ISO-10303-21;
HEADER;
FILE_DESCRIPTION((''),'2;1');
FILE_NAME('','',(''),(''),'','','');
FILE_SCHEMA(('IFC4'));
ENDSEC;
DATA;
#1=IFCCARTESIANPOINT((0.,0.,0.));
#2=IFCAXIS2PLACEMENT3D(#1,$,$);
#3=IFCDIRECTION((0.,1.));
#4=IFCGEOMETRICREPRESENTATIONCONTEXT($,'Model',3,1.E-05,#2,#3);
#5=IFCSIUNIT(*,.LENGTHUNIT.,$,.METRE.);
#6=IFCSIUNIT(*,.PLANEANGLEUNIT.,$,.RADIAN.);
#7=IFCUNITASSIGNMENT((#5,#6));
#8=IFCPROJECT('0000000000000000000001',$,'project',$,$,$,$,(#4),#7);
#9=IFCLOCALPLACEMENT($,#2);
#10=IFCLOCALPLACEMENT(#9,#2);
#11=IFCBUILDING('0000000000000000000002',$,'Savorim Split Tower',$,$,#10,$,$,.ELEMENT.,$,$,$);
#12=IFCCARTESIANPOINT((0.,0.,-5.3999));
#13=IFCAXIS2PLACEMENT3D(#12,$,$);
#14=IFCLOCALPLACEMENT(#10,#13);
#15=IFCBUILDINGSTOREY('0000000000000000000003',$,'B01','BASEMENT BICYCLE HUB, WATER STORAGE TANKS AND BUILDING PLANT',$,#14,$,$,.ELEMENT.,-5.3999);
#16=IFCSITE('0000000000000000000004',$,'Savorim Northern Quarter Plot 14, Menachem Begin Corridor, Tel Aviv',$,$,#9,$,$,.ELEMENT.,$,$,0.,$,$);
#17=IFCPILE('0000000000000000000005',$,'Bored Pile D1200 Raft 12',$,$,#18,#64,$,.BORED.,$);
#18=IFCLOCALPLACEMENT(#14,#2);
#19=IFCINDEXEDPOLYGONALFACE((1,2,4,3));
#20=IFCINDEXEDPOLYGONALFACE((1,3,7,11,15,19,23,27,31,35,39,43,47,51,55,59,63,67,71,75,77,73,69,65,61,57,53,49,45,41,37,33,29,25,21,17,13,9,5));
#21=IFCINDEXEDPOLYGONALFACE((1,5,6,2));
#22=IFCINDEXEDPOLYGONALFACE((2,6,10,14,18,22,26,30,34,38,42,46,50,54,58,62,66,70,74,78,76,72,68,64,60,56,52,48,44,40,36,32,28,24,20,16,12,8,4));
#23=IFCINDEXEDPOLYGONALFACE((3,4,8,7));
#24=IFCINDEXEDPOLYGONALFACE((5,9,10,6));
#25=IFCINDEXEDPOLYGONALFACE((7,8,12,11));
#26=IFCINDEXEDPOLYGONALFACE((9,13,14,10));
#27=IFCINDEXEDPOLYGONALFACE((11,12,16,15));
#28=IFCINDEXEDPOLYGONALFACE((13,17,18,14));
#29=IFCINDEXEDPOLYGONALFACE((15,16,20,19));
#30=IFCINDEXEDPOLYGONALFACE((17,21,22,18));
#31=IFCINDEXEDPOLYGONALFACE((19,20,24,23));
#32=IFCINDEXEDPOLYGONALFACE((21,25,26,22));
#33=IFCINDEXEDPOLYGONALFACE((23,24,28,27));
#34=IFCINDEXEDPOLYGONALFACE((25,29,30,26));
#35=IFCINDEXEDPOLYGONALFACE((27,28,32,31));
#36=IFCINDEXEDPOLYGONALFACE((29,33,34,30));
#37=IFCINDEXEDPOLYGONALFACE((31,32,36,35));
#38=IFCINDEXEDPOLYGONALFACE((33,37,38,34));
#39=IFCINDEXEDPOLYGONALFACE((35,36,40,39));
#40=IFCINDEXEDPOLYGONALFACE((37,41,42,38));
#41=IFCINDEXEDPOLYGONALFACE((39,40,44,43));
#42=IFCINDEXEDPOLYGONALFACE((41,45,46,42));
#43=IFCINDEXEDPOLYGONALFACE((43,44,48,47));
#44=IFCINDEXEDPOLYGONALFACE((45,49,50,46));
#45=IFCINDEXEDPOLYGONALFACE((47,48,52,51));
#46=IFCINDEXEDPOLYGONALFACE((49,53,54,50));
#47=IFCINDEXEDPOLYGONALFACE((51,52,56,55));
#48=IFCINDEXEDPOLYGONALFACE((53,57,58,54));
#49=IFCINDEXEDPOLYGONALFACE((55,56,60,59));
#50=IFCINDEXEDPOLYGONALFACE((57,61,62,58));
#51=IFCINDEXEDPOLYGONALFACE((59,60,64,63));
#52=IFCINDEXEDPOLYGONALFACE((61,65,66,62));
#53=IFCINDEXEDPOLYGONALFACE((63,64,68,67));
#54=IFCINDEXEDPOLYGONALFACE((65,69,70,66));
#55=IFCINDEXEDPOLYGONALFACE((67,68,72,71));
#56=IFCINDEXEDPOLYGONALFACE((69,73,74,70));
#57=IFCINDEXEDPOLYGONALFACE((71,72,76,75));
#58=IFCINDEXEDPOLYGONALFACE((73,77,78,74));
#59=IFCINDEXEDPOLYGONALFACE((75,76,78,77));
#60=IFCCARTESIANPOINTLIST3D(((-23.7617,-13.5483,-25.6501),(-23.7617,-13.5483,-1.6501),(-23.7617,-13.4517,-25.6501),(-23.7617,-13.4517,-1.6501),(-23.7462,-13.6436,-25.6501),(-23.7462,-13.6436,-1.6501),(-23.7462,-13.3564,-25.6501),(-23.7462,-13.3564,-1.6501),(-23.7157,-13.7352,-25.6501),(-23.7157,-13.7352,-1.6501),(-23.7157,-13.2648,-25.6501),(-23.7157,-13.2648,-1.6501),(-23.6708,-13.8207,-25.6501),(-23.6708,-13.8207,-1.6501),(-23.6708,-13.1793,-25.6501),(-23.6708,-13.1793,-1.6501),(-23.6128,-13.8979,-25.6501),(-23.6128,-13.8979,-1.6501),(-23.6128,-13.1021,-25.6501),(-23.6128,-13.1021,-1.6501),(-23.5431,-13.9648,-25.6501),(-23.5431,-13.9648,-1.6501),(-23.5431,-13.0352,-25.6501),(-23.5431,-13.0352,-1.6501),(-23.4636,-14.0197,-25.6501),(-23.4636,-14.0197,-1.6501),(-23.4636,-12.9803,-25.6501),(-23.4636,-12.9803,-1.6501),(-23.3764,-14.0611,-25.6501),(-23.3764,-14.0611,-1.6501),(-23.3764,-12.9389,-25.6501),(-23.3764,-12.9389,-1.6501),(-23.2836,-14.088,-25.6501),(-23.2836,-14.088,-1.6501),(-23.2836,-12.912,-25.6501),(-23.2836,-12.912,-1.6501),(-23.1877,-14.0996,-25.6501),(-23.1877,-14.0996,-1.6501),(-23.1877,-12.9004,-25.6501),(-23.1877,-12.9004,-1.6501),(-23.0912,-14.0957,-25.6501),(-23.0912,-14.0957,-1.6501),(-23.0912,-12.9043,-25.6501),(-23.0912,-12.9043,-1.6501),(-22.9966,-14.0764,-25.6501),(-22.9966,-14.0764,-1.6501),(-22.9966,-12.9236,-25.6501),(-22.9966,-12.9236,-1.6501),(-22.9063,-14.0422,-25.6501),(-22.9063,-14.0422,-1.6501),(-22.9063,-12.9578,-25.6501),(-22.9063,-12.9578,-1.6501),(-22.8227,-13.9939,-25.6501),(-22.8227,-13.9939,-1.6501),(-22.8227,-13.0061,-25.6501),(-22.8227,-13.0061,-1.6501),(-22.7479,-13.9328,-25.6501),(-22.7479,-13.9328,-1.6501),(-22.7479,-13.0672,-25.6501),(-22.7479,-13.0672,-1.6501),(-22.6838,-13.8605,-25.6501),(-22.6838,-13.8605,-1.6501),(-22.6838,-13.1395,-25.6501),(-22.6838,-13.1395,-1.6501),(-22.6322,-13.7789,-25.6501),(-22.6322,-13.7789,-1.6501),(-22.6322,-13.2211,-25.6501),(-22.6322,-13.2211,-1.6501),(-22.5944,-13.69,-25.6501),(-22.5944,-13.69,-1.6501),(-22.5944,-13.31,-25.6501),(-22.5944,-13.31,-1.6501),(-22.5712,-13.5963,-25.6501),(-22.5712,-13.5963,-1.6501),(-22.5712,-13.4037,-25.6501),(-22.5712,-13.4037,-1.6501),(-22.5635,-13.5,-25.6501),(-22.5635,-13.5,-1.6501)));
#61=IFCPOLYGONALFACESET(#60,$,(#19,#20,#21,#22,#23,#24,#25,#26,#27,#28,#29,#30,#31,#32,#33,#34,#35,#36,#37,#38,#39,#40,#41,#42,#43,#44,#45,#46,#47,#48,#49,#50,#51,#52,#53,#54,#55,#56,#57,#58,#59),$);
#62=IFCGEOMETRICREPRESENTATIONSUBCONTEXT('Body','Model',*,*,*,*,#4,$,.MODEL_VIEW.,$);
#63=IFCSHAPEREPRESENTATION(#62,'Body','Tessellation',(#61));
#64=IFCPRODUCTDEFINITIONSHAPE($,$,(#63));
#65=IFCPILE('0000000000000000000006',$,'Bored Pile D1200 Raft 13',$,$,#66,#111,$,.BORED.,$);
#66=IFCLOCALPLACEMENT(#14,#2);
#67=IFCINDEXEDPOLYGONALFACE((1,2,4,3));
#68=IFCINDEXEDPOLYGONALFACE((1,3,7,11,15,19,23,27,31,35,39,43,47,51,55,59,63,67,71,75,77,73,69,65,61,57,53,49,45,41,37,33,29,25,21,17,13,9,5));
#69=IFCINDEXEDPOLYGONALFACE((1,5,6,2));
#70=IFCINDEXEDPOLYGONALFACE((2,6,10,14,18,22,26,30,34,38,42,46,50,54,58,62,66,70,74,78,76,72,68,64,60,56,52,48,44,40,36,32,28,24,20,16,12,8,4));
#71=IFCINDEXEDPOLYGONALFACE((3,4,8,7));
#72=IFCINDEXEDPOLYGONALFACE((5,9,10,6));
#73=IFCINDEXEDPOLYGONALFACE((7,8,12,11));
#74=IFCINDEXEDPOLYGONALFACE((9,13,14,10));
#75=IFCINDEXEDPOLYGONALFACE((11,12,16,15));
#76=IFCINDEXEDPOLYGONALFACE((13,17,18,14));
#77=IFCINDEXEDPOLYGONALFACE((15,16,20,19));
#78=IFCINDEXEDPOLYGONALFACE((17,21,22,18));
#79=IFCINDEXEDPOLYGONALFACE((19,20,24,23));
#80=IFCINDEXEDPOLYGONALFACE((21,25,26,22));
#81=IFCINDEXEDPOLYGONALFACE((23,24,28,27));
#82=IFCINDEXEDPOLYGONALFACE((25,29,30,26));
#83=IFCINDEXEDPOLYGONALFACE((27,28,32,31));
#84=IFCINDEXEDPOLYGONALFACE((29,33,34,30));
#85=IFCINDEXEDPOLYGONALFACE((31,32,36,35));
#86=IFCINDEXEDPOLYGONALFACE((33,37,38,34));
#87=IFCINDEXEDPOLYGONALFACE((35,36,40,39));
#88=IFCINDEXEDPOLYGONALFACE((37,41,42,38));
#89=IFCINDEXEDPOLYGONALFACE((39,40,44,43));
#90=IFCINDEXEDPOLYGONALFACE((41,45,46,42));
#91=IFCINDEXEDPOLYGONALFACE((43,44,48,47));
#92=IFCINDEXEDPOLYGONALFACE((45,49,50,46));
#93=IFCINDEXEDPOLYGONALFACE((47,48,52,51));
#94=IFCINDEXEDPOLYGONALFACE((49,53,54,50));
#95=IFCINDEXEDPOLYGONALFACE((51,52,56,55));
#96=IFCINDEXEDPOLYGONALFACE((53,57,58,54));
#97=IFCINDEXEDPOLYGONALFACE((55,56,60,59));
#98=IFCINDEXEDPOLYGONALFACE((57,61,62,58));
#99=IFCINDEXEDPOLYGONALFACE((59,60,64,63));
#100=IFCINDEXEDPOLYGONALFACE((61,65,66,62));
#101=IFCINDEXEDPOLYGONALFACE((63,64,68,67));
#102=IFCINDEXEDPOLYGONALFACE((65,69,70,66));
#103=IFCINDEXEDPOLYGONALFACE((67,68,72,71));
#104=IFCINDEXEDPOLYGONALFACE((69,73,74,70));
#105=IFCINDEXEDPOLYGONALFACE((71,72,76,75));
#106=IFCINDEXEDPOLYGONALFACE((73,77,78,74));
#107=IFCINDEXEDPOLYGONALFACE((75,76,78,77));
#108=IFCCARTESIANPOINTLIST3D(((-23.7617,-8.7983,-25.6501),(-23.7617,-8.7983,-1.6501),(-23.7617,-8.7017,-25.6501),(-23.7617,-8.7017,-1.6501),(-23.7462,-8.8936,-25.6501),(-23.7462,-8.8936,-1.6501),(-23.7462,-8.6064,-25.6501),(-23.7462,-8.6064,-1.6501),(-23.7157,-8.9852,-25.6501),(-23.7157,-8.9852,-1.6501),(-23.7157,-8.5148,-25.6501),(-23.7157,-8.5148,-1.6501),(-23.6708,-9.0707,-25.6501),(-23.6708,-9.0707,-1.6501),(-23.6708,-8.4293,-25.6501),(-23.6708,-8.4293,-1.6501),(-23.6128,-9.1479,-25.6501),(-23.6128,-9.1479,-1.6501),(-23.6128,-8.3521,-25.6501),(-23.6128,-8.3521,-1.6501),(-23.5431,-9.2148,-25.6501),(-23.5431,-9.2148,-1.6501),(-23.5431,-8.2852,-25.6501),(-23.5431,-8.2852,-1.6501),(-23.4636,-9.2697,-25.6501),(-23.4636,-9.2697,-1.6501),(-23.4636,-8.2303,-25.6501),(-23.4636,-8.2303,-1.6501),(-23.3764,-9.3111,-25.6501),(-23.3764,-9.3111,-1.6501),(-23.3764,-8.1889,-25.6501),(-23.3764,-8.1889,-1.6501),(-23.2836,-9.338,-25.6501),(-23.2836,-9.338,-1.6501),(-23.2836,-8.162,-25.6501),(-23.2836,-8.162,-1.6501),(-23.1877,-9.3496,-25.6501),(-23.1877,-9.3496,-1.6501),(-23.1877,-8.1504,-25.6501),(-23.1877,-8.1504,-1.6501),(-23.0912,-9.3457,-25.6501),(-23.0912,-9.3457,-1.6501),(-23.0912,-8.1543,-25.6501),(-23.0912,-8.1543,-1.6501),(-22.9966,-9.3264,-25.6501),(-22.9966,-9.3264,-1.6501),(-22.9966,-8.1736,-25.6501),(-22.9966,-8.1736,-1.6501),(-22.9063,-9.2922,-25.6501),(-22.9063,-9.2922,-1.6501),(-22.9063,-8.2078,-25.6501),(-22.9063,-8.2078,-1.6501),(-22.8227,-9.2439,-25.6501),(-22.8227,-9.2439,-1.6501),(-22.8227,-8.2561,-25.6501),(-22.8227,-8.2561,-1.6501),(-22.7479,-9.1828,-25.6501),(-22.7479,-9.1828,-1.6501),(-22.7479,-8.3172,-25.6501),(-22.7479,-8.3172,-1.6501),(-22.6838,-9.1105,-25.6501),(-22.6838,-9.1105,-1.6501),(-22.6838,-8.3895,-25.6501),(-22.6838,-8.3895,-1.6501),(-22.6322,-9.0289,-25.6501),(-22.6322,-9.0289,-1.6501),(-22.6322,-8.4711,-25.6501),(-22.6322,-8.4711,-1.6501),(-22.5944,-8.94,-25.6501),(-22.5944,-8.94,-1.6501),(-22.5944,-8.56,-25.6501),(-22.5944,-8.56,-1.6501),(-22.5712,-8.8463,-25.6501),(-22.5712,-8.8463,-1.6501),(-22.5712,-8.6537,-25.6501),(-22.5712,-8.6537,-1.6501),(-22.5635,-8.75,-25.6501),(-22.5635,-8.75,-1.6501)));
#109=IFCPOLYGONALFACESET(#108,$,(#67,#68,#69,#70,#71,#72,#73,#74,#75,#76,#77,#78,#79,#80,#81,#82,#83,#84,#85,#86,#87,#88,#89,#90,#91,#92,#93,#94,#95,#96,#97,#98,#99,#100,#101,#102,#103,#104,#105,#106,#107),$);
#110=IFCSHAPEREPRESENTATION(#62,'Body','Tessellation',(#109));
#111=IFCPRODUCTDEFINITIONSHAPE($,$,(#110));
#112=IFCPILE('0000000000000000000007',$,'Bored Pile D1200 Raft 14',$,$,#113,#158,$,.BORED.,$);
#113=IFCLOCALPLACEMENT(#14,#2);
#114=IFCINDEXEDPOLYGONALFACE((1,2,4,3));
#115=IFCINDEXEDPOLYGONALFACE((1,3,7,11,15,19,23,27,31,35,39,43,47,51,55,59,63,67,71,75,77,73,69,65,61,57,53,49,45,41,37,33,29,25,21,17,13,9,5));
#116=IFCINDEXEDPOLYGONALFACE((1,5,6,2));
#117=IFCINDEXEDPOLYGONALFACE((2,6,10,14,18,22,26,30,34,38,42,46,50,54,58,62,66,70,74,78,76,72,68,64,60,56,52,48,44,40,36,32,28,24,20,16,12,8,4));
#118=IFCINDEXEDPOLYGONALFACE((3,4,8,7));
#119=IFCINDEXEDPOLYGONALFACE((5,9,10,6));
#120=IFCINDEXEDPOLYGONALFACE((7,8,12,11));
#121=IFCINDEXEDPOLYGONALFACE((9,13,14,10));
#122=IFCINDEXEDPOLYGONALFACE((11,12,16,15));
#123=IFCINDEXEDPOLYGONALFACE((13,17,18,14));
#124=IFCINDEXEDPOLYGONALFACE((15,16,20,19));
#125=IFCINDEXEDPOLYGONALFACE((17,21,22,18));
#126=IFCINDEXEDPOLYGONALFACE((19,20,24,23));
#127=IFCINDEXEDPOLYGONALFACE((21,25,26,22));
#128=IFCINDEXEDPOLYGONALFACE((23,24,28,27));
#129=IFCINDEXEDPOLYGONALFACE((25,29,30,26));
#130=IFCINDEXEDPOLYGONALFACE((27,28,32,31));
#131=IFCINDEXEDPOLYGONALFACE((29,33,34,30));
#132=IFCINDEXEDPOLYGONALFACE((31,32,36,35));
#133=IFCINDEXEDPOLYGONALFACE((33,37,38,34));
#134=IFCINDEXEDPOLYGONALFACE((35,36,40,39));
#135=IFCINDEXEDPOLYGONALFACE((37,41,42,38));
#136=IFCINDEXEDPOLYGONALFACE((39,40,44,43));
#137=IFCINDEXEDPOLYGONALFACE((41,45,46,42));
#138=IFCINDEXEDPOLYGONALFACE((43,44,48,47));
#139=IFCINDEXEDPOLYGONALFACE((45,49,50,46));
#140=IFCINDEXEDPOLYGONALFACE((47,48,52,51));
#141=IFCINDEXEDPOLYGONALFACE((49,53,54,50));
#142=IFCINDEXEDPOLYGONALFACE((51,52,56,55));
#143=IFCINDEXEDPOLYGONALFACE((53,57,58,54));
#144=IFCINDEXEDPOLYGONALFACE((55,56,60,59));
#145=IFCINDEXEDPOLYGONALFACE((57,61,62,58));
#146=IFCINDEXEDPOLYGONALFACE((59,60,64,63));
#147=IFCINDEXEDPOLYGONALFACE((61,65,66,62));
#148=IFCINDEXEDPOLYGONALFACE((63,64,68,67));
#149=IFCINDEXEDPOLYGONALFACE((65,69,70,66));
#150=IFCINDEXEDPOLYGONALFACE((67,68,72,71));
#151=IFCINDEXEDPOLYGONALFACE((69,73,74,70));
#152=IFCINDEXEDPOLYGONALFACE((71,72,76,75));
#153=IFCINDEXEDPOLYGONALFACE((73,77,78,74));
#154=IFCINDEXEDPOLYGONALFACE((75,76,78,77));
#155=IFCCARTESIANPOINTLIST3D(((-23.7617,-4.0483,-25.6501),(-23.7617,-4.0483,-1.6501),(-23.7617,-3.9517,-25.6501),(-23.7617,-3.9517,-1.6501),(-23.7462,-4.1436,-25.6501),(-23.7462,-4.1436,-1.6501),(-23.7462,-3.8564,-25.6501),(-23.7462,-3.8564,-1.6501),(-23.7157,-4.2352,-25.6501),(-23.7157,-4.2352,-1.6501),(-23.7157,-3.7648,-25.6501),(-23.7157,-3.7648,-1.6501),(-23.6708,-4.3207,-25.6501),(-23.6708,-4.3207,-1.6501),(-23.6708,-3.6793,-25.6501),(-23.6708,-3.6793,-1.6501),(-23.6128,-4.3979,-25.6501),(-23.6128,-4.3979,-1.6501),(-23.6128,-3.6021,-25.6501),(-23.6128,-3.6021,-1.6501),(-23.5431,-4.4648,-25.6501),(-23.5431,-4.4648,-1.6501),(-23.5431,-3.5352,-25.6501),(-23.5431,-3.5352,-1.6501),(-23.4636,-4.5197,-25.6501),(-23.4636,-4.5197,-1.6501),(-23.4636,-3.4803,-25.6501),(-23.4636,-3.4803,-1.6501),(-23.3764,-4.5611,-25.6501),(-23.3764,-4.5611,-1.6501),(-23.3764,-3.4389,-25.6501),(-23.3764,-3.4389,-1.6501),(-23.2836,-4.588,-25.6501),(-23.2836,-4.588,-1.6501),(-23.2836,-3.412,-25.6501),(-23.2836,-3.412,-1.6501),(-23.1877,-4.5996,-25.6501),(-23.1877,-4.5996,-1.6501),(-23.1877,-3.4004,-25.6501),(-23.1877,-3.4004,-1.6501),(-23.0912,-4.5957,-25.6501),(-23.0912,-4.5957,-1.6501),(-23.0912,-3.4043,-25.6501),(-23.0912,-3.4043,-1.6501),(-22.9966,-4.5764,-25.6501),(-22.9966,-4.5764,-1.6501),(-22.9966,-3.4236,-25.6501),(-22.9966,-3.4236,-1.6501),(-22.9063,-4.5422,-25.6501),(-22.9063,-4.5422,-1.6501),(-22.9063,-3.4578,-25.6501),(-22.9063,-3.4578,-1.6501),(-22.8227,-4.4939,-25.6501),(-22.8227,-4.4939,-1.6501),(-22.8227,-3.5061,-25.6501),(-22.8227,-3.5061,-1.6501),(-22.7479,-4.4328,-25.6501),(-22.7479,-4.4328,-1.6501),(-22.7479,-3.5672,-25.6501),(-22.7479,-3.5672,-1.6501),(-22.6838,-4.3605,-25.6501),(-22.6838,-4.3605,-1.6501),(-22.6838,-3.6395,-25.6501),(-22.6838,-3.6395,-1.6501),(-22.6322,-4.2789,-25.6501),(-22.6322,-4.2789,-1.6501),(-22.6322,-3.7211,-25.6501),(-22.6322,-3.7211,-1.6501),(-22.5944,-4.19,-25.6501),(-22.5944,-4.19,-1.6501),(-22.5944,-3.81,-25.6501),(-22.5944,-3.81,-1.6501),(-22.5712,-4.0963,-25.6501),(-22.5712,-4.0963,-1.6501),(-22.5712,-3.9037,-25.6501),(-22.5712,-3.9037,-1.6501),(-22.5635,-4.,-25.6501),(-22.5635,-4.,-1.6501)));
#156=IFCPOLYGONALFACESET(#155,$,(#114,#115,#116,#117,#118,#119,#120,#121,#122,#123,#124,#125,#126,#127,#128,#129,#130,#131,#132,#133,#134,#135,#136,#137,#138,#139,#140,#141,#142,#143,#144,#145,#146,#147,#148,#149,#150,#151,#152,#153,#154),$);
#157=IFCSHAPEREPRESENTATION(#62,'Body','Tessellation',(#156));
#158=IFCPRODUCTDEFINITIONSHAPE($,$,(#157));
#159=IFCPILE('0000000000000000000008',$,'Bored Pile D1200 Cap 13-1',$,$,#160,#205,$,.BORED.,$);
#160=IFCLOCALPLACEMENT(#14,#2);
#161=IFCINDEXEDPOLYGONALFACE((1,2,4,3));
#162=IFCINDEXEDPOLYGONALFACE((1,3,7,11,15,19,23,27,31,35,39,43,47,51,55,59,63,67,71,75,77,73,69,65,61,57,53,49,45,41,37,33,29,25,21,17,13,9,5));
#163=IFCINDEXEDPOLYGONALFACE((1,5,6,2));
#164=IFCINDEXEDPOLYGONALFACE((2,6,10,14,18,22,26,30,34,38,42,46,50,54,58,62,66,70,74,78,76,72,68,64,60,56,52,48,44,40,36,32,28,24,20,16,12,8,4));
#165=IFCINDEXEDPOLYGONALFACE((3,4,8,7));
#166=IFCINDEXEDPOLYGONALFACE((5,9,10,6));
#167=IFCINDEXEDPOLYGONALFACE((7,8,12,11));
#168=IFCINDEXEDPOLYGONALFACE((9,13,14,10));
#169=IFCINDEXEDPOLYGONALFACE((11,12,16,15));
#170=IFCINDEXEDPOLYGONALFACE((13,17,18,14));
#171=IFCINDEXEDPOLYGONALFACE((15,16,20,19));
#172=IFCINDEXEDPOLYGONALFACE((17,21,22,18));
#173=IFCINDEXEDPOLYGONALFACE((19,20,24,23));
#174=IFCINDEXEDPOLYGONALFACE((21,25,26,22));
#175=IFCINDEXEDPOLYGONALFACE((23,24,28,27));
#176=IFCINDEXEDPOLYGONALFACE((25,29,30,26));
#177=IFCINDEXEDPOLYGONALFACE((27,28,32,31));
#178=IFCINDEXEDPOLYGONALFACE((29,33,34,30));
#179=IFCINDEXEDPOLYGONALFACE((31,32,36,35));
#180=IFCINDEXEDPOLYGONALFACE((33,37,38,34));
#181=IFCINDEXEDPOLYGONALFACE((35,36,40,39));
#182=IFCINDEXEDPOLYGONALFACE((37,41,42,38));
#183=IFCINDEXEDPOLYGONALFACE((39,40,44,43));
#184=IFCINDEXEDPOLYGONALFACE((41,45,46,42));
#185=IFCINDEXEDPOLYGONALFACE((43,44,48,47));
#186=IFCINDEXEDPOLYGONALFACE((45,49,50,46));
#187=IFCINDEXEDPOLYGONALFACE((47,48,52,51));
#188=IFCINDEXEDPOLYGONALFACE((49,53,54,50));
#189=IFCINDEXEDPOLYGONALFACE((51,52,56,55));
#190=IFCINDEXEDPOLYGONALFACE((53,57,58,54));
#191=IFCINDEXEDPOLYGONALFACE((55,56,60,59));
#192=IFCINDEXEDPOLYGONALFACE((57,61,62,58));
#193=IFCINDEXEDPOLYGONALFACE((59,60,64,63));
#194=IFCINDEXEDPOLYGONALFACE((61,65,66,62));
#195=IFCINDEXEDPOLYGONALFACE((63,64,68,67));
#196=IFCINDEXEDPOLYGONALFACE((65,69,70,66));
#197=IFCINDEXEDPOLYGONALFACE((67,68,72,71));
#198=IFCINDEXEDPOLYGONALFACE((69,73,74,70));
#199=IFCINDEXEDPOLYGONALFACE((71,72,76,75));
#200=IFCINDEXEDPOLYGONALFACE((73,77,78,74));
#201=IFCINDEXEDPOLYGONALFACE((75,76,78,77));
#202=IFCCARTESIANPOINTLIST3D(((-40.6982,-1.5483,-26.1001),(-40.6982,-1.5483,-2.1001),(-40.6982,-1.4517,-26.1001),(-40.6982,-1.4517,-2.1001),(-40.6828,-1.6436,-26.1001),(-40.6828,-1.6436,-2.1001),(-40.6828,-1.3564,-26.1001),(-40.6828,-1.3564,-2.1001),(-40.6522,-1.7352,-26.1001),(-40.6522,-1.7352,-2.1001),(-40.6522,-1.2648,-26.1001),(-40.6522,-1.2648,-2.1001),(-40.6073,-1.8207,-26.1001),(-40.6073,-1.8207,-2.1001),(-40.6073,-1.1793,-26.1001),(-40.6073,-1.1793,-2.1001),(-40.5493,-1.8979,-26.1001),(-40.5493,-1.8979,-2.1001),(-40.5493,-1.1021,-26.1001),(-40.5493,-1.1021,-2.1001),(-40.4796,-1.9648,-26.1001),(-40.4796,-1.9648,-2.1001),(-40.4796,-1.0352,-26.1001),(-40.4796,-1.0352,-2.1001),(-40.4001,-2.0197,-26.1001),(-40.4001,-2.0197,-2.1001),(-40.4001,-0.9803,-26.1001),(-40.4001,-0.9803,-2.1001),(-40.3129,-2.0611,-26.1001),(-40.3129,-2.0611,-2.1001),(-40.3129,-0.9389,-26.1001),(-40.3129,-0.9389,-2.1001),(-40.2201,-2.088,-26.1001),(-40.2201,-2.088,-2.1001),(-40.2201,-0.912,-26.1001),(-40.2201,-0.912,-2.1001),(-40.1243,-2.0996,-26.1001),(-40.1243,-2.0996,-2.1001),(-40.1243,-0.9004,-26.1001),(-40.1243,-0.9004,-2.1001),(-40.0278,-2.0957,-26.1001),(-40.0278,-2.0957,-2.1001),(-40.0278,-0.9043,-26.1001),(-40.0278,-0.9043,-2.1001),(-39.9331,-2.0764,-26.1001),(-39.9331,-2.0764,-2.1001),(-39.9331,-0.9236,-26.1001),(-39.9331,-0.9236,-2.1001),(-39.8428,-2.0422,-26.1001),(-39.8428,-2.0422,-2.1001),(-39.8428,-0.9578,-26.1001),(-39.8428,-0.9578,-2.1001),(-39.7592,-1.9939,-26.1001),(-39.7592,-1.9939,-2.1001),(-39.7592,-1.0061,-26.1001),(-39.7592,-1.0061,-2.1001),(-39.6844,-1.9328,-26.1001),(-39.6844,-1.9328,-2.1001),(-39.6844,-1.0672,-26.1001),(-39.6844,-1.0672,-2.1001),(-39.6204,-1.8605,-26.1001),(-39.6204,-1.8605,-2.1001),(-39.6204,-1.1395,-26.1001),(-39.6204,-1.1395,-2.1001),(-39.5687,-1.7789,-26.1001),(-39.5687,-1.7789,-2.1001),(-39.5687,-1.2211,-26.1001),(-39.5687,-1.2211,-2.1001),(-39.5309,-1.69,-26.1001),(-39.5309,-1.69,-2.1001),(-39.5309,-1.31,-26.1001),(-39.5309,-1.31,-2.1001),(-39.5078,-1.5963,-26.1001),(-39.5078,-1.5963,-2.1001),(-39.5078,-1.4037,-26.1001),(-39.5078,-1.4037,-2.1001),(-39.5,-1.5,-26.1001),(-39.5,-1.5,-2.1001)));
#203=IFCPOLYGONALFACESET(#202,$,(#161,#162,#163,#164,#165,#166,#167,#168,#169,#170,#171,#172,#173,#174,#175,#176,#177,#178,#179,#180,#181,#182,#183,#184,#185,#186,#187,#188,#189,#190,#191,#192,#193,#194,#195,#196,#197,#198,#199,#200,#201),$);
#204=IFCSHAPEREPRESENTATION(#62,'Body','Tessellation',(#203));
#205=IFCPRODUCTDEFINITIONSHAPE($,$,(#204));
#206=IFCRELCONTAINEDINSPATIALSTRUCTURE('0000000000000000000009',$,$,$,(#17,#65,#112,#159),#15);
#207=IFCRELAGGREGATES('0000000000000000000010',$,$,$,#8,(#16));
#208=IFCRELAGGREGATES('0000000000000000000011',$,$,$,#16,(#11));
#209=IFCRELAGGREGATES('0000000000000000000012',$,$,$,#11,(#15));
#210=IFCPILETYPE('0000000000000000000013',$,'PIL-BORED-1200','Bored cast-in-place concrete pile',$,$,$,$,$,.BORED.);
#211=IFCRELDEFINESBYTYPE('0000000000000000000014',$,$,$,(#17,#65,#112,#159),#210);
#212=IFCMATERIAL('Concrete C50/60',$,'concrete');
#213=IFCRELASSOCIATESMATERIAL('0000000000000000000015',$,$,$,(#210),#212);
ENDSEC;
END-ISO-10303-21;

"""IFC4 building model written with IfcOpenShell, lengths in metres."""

from ifc_helpers import new_model, si_unit, direction, frame, origin, origin_2d, place, context, subcontext, project, spatial, circle, extrude, material, material_profile, profile_set, type_object, element, save


model = new_model("IFC4")

# Units and contexts
model_context = context("Model", 3, precision=1e-05, world=origin(), true_north=direction((0.0, 1.0)))
body_context = subcontext(model_context, "Body", "Model", "MODEL_VIEW")
ifc_project = project(units=[si_unit("LENGTHUNIT", "METRE"), si_unit("PLANEANGLEUNIT", "RADIAN")], contexts=[model_context])

# Site, building, storey
site_placement = place(None, origin())
site = spatial("IfcSite", under=ifc_project, at=site_placement, Name="Savorim Northern Quarter Plot 14, Menachem Begin Corridor, Tel Aviv", CompositionType="ELEMENT", RefElevation=0.0)
building_placement = place(site_placement, origin())
building = spatial("IfcBuilding", under=site, at=building_placement, Name="Savorim Split Tower", CompositionType="ELEMENT")
storey_placement = place(building_placement, frame((0.0, 0.0, -5.3999)))
storey = spatial("IfcBuildingStorey", under=building, at=storey_placement, Name="B01", Description="BASEMENT BICYCLE HUB, WATER STORAGE TANKS AND BUILDING PLANT", CompositionType="ELEMENT", Elevation=-5.3999)

# Shared definitions
ifc_material_1 = material(Name="Concrete C50/60", Category="concrete")

# Piles
ifc_material_profile_1 = material_profile(ifc_material_1, circle(Radius=0.6001, at=origin_2d()), Name="PILE D1200")
ifc_profile_set_1 = profile_set([ifc_material_profile_1], Name="Concrete C50/60")
pile_type = type_object("IfcPileType", Name="PIL-BORED-1200", Description="Bored cast-in-place concrete pile", PredefinedType="BORED", material=ifc_profile_set_1)
for number, where, z_axis, x_axis, name in (
    (1, (-23.1636, -13.5, -1.6501), (0.0, 0.0, -1.0), (1.0, 0.0, 0.0), "Bored Pile D1200 Raft 12"),
    (2, (-23.1636, -8.75, -1.6501), (0.0, 0.0, -1.0), (1.0, 0.0, 0.0), "Bored Pile D1200 Raft 13"),
    (3, (-23.1636, -4.0, -1.6501), (0.0, 0.0, -1.0), (1.0, 0.0, 0.0), "Bored Pile D1200 Raft 14"),
    (4, (-40.1001, -1.5, -2.1001), (0.0, 0.0, -1.0), (1.0, 0.0, 0.0), "Bored Pile D1200 Cap 13-1"),
):
    element("IfcPile", number, at=place(storey_placement, frame(where, z_axis=z_axis, x_axis=x_axis)), inside=storey, type_object=pile_type, Name=name, PredefinedType="BORED", context=body_context, shape_type="SweptSolid", body=[
        extrude(circle(Radius=0.6001, at=origin_2d()), origin(), (0.0, 0.0, 1.0), 24.0),
    ])

save(model, "model.ifc")
